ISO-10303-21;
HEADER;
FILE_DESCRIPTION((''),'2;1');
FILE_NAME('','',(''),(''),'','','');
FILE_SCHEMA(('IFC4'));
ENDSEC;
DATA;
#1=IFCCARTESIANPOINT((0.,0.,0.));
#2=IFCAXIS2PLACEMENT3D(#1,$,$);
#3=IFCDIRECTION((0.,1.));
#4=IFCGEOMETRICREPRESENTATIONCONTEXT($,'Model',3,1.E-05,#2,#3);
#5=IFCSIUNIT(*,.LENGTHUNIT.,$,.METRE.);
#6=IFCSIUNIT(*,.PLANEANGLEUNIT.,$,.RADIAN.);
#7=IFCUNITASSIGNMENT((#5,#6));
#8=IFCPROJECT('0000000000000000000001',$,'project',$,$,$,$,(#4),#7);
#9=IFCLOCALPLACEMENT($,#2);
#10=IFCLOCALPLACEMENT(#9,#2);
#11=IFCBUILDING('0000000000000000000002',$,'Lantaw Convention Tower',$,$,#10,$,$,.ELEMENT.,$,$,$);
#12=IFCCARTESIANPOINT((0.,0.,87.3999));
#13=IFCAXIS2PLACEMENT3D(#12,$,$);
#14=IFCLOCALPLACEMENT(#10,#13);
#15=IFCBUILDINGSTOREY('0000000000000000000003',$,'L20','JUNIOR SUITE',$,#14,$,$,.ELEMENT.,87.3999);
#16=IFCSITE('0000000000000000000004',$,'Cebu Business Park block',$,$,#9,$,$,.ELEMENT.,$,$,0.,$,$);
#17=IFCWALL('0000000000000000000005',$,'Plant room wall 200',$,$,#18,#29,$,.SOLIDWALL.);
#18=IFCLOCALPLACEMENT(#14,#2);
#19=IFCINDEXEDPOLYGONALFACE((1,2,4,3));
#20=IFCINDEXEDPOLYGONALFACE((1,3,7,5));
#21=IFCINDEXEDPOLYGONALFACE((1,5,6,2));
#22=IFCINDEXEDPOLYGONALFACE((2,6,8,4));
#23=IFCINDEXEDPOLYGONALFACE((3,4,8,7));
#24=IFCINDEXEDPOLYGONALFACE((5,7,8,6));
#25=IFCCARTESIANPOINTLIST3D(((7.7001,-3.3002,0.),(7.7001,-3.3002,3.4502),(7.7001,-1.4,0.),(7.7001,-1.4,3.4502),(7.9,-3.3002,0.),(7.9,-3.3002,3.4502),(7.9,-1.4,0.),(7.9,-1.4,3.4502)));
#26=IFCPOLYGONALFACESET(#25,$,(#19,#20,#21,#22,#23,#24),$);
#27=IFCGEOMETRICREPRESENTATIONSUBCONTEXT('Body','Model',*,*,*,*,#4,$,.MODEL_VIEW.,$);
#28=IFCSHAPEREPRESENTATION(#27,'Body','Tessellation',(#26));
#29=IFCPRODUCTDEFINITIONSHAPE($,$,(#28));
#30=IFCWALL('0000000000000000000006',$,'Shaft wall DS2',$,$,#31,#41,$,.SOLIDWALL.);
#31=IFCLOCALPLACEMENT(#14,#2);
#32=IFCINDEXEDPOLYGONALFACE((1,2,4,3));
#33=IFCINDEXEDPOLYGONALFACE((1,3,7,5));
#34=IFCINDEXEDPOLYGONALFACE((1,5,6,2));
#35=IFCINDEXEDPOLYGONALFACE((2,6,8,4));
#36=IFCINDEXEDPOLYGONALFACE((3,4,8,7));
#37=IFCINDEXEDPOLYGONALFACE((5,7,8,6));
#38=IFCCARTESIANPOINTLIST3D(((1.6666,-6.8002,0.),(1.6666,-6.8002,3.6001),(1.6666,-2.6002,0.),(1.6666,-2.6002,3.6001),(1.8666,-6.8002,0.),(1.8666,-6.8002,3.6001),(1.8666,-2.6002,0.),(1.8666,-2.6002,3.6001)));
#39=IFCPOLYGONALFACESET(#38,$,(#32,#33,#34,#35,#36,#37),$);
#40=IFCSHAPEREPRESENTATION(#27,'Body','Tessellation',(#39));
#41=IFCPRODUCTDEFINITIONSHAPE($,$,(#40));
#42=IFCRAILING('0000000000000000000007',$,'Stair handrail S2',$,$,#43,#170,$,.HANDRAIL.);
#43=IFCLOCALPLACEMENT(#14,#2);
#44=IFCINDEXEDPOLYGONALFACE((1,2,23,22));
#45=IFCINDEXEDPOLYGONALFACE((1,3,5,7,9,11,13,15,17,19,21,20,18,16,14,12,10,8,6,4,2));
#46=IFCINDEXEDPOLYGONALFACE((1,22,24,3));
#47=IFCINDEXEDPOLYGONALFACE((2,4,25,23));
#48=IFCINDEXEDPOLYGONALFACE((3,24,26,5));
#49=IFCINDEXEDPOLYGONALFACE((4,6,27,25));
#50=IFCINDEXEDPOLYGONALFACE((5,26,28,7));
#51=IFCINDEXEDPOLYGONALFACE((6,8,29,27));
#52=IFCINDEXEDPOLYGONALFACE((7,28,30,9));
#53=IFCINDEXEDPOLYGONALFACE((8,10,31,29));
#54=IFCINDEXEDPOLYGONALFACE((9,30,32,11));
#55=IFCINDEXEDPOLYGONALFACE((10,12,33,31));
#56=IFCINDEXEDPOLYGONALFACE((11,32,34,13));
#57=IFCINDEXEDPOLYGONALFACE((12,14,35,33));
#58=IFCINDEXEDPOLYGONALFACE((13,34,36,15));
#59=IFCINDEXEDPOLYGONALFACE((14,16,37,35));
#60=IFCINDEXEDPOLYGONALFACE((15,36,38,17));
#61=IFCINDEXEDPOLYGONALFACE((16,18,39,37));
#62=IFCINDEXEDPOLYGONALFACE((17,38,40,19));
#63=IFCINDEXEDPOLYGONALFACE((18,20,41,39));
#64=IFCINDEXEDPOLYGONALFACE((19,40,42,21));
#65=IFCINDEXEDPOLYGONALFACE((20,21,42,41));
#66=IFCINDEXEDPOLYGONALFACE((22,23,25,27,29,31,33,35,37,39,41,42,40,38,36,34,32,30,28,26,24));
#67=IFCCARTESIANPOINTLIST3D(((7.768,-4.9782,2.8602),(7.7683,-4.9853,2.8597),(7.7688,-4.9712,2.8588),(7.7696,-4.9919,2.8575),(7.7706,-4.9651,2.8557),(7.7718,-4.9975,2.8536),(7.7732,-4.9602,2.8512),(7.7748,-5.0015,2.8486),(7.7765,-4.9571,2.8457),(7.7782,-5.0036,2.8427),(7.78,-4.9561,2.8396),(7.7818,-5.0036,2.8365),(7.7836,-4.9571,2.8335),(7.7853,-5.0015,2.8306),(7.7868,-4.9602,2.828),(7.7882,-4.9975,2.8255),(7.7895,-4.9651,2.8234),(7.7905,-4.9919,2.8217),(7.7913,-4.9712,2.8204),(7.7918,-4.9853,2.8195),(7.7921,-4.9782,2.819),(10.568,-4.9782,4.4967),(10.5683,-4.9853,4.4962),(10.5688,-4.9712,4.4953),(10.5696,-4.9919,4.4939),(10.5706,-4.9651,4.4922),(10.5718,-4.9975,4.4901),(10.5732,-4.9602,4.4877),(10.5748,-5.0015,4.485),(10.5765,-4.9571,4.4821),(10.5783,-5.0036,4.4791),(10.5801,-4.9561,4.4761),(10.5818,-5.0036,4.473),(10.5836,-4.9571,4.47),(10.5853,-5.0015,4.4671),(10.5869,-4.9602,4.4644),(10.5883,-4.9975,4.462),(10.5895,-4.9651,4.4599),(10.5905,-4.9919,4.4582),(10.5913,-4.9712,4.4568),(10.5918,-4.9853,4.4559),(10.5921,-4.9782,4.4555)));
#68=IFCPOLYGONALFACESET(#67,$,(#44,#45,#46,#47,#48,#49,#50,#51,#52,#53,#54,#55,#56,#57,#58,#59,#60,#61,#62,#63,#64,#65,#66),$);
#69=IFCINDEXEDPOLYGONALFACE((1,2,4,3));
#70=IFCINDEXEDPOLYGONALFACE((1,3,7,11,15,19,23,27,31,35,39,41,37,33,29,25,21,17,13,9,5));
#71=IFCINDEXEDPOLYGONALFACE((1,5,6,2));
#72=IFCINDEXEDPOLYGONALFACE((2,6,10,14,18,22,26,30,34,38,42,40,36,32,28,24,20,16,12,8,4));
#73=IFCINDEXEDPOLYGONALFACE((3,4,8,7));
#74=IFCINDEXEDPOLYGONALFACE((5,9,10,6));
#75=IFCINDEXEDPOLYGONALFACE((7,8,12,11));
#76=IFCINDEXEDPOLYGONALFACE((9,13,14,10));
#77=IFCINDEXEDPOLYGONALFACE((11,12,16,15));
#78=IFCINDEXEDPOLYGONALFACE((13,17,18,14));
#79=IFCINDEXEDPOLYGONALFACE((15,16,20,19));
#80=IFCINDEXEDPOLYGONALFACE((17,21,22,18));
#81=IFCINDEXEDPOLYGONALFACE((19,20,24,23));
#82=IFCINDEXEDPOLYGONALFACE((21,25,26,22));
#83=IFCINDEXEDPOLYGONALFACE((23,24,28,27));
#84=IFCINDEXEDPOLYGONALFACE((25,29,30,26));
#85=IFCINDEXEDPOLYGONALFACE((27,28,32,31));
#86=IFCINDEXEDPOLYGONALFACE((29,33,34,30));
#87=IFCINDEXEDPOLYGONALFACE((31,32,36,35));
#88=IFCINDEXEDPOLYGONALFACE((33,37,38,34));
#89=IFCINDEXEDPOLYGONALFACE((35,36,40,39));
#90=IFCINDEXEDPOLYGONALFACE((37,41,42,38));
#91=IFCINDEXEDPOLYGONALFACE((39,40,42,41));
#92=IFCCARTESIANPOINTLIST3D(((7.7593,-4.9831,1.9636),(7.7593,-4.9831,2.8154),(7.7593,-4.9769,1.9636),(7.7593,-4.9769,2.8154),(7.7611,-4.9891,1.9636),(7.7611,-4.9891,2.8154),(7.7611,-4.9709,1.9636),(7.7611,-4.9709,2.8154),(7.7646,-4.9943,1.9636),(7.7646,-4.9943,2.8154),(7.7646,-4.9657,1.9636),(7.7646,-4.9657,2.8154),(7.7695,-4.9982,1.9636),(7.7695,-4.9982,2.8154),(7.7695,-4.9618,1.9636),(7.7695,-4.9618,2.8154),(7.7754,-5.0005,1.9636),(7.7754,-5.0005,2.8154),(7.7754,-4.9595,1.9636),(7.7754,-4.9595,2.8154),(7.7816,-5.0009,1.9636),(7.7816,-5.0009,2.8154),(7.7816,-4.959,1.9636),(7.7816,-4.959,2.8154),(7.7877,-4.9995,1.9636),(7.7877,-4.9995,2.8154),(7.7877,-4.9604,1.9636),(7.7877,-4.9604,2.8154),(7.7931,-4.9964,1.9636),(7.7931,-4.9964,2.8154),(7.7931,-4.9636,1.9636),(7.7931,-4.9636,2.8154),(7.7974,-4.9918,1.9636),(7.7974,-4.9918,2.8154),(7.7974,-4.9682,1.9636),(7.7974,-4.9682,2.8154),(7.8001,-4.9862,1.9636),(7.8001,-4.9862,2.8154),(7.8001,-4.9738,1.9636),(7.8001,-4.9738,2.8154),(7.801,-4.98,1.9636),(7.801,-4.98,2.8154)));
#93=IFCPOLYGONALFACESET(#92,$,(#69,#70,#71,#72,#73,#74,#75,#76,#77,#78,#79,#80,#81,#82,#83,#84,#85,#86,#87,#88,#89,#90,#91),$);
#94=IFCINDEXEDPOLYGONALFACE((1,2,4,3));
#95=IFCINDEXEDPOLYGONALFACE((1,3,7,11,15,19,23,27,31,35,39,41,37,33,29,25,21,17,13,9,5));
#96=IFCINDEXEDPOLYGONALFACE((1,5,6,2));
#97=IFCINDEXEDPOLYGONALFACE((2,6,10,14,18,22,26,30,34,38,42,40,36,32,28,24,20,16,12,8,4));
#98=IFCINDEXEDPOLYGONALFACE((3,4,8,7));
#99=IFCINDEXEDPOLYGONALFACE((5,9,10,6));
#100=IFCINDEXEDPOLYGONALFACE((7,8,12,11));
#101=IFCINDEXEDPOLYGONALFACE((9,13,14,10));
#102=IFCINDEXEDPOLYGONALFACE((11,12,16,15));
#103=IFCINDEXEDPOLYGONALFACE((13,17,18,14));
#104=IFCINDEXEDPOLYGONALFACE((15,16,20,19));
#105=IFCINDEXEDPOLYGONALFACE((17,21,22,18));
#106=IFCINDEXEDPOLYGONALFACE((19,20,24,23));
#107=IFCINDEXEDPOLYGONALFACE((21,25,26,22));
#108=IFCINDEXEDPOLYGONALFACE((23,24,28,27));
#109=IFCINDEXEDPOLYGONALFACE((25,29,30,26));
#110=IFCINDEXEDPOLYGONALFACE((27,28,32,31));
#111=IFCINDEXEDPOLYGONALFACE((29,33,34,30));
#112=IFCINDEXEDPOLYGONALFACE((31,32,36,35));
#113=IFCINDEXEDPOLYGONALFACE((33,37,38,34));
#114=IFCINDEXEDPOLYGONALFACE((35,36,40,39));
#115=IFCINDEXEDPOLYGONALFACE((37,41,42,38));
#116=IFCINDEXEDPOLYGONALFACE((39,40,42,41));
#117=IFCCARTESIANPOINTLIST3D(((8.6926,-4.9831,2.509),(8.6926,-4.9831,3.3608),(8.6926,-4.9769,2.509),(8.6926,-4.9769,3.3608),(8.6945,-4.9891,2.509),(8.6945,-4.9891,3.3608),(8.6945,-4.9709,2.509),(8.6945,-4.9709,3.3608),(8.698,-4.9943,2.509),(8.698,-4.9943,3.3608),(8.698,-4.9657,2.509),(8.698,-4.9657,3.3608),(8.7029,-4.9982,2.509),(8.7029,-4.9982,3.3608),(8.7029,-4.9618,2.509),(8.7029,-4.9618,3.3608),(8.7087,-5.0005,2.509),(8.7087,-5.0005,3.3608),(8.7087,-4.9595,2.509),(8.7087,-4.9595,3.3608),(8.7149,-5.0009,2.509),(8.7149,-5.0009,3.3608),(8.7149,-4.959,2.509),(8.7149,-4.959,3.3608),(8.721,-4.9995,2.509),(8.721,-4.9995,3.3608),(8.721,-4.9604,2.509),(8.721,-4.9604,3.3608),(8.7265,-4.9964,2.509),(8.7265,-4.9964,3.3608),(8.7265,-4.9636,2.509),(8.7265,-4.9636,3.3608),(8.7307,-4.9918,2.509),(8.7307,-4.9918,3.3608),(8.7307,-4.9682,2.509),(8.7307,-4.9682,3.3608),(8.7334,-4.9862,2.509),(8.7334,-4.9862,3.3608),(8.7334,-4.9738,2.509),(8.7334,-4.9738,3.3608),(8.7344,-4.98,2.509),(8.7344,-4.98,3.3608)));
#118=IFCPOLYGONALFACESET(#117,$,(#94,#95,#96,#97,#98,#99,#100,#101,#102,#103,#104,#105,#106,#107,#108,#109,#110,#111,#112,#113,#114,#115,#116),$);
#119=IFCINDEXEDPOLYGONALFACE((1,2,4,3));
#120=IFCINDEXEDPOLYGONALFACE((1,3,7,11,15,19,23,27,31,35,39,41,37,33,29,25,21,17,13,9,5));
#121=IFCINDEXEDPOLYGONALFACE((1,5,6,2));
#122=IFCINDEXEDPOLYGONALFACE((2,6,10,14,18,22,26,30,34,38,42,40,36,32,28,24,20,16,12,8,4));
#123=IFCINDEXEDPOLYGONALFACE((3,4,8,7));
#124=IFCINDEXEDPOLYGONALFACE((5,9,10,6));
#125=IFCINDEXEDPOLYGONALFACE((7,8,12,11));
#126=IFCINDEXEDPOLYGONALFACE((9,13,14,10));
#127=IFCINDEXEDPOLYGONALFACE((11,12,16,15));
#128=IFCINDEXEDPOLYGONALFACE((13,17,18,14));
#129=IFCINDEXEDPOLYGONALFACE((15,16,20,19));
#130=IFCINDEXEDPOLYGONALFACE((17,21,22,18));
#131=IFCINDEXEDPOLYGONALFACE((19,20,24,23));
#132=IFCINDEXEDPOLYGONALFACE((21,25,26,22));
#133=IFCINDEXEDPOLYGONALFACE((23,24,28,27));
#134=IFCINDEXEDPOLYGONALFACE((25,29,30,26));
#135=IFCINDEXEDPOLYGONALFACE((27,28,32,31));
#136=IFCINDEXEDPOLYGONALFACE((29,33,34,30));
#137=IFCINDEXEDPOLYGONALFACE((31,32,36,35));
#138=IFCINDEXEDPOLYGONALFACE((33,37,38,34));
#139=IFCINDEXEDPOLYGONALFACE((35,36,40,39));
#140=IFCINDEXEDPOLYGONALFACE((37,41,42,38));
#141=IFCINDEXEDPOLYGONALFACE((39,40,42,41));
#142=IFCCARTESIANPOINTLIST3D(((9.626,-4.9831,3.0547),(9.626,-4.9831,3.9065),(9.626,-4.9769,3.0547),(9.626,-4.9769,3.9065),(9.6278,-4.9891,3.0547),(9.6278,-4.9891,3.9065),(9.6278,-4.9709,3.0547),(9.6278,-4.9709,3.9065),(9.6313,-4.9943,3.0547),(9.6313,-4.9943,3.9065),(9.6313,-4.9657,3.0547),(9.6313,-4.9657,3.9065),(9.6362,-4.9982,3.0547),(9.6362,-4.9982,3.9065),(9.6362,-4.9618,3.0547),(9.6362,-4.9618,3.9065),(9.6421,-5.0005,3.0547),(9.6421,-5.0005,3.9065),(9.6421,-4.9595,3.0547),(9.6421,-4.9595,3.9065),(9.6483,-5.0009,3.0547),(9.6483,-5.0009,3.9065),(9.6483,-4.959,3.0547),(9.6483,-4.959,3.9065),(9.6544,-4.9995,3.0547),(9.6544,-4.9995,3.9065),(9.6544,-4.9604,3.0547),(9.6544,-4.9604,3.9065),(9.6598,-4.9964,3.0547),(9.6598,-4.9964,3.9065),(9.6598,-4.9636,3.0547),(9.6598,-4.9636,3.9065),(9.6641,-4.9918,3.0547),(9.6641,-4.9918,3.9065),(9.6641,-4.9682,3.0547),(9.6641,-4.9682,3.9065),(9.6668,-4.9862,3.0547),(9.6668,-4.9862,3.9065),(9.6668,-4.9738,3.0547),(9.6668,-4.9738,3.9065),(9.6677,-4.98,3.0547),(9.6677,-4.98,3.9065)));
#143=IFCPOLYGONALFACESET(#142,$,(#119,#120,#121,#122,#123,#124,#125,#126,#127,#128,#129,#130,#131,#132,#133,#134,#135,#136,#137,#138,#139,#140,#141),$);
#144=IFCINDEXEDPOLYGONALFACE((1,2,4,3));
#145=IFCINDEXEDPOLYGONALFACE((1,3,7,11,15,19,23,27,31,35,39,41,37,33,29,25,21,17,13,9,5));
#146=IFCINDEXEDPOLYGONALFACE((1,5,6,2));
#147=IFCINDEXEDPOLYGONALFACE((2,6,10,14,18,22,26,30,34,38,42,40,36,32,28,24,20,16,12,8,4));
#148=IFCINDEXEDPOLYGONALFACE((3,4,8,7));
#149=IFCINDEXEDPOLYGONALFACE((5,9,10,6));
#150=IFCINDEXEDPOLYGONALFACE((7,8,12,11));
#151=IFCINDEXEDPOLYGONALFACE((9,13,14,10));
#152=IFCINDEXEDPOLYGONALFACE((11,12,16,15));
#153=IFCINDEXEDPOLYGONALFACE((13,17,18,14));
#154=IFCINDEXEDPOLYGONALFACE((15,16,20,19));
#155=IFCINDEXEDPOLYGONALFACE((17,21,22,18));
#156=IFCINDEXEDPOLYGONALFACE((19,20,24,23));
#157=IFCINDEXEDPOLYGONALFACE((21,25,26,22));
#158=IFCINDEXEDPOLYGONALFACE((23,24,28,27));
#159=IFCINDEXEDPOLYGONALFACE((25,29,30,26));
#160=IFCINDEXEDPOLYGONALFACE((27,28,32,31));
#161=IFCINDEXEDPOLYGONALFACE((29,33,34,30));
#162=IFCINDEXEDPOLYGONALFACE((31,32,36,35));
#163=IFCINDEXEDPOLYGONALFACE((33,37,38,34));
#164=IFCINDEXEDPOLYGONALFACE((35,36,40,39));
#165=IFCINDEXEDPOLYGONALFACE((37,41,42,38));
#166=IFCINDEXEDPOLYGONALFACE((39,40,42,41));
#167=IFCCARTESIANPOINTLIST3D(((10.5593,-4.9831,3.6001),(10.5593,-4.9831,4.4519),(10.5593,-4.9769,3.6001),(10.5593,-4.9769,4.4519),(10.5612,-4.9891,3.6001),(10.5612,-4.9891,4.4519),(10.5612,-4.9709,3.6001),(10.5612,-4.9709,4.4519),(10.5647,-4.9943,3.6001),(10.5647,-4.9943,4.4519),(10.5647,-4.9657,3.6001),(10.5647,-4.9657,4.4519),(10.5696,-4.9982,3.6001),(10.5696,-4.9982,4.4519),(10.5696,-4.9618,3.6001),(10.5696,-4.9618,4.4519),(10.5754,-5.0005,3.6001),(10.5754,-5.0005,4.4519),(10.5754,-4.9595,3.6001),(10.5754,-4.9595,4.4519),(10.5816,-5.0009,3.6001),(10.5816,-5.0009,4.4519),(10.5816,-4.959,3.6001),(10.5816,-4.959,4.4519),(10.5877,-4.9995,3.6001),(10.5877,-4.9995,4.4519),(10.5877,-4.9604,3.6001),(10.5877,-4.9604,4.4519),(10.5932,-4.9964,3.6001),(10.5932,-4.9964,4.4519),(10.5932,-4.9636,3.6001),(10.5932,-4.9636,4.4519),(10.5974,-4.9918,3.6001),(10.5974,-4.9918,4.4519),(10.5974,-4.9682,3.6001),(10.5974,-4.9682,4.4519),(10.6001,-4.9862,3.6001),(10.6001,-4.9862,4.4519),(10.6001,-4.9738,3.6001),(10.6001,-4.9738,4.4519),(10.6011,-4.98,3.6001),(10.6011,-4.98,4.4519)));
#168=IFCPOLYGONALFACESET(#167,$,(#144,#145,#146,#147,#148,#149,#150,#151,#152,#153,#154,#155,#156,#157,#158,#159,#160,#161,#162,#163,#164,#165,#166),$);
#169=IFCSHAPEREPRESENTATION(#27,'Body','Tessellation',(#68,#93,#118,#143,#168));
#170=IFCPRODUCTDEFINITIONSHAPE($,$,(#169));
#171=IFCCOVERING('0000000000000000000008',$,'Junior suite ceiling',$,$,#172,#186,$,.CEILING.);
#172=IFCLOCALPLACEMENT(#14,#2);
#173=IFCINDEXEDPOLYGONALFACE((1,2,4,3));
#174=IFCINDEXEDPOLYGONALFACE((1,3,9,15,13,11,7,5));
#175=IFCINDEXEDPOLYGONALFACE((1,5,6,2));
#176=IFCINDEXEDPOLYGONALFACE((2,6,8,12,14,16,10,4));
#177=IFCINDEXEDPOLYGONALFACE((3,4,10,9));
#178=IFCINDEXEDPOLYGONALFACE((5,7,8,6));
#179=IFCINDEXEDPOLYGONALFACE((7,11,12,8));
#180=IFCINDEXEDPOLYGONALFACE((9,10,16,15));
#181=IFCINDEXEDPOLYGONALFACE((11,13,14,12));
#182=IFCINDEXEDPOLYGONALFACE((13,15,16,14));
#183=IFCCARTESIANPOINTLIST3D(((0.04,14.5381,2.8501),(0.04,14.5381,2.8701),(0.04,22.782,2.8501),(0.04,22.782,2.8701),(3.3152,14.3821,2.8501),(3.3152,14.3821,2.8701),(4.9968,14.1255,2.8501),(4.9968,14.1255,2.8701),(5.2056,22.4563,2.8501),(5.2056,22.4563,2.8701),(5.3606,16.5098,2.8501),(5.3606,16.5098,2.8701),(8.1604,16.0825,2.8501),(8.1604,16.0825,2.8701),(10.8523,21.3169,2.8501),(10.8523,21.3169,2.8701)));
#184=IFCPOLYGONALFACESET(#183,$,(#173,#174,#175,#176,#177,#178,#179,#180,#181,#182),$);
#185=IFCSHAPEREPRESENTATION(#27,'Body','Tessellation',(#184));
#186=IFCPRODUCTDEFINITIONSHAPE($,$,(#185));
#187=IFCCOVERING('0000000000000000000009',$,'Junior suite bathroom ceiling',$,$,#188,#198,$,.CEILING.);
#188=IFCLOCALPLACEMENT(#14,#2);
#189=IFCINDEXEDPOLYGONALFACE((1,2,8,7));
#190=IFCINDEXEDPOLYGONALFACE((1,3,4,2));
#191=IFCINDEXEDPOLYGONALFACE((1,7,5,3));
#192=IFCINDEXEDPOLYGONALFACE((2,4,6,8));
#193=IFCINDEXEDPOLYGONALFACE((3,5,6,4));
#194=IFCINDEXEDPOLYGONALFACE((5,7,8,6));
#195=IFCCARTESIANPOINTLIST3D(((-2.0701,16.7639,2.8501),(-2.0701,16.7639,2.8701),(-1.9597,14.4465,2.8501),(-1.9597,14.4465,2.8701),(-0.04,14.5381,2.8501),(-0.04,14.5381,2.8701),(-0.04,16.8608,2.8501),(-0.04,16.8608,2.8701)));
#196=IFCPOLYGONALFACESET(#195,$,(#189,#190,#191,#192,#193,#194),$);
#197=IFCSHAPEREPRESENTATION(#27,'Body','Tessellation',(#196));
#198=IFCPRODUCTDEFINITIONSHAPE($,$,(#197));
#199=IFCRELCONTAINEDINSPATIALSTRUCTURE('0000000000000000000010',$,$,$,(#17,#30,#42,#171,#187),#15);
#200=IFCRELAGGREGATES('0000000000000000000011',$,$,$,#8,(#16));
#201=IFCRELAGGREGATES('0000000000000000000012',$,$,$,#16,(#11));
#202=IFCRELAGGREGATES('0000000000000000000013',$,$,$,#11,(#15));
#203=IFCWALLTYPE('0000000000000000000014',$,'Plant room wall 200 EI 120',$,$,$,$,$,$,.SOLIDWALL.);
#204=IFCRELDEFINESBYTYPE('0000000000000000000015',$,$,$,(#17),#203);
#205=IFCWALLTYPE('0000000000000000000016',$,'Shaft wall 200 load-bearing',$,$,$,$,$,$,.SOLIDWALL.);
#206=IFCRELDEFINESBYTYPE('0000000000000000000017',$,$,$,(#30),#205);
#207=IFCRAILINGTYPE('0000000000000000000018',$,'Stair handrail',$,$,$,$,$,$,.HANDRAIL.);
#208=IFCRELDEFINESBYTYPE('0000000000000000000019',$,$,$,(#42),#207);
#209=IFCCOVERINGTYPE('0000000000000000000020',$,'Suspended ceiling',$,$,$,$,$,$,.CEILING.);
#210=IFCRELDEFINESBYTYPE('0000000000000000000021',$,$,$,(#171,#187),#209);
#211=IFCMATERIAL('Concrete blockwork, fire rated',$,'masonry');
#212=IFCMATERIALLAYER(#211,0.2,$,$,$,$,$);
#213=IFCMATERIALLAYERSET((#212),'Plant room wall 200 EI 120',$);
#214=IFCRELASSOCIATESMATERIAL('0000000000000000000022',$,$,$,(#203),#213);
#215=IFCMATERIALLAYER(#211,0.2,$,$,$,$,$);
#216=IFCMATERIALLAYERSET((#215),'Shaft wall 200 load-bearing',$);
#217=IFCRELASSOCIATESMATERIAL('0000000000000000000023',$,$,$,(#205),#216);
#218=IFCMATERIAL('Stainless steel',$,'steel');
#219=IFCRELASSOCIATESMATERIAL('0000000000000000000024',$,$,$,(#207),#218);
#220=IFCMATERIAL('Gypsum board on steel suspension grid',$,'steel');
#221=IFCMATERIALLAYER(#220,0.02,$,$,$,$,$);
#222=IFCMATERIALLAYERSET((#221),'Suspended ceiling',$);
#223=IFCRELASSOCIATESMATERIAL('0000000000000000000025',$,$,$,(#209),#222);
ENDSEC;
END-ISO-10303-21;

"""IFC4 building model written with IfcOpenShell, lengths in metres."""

from ifc_helpers import new_model, si_unit, direction, frame, frame_2d, origin, origin_2d, place, context, subcontext, project, spatial, polyline, rectangle, circle, outline, extrude, material, layer, layer_set, type_object, element, save


model = new_model("IFC4")

# Units and contexts
model_context = context("Model", 3, precision=1e-05, world=origin(), true_north=direction((0.0, 1.0)))
body_context = subcontext(model_context, "Body", "Model", "MODEL_VIEW")
ifc_project = project(units=[si_unit("LENGTHUNIT", "METRE"), si_unit("PLANEANGLEUNIT", "RADIAN")], contexts=[model_context])

# Site, building, storey
site_placement = place(None, origin())
site = spatial("IfcSite", under=ifc_project, at=site_placement, Name="Cebu Business Park block", CompositionType="ELEMENT", RefElevation=0.0)
building_placement = place(site_placement, origin())
building = spatial("IfcBuilding", under=site, at=building_placement, Name="Lantaw Convention Tower", CompositionType="ELEMENT")
storey_placement = place(building_placement, frame((0.0, 0.0, 87.3999)))
storey = spatial("IfcBuildingStorey", under=building, at=storey_placement, Name="L20", Description="JUNIOR SUITE", CompositionType="ELEMENT", Elevation=87.3999)

# Shared definitions
ifc_material_1 = material(Name="Concrete blockwork, fire rated", Category="masonry")
ifc_layer_1 = layer(ifc_material_1, 0.2)
ifc_layer_set_1 = layer_set([ifc_layer_1], Name="Plant room wall 200 EI 120")
wall_type_1 = type_object("IfcWallType", Name="Plant room wall 200 EI 120", PredefinedType="SOLIDWALL", material=ifc_layer_set_1)

# Walls
wall_1_placement = place(storey_placement, frame((7.8, -1.3999, 0.0), z_axis=(0.0, 0.0, 1.0), x_axis=(0.0, -1.0, 0.0)))
element("IfcWall", 1, at=wall_1_placement, inside=storey, type_object=wall_type_1, Name="Plant room wall 200", PredefinedType="SOLIDWALL", context=body_context, shape_type="SweptSolid", body=[
    extrude(rectangle(XDim=1.9001, YDim=0.2, at=frame_2d((0.9502, 0.0))), origin(), (0.0, 0.0, 1.0), 3.4502),
])
ifc_layer_2 = layer(ifc_material_1, 0.2)
ifc_layer_set_2 = layer_set([ifc_layer_2], Name="Shaft wall 200 load-bearing")
wall_type_2 = type_object("IfcWallType", Name="Shaft wall 200 load-bearing", PredefinedType="SOLIDWALL", material=ifc_layer_set_2)
wall_2_placement = place(storey_placement, frame((1.7666, -2.6001, 0.0), z_axis=(0.0, 0.0, 1.0), x_axis=(0.0, -1.0, 0.0)))
element("IfcWall", 2, at=wall_2_placement, inside=storey, type_object=wall_type_2, Name="Shaft wall DS2", PredefinedType="SOLIDWALL", context=body_context, shape_type="SweptSolid", body=[
    extrude(rectangle(XDim=4.2, YDim=0.2, at=frame_2d((2.1001, 0.0))), origin(), (0.0, 0.0, 1.0), 3.6001),
])

# Railing
ifc_material_2 = material(Name="Stainless steel", Category="steel")
railing_type = type_object("IfcRailingType", Name="Stair handrail", PredefinedType="HANDRAIL", material=ifc_material_2)
railing_placement = place(storey_placement, frame((7.78, -4.98, 1.9636)))
element("IfcRailing", 3, at=railing_placement, inside=storey, type_object=railing_type, Name="Stair handrail S2", PredefinedType="HANDRAIL", context=body_context, shape_type="SweptSolid", body=[
    extrude(circle(Radius=0.0239, at=origin_2d()), frame((0.0, 0.0, 0.876), z_axis=(0.863361, 0.0, 0.504587), x_axis=(0.0, 1.0, 0.0)), (0.0, 0.0, 1.0), 3.2432),
    extrude(circle(Radius=0.021, at=origin_2d()), origin(), (0.0, 0.0, 1.0), 0.8518),
    extrude(circle(Radius=0.021, at=origin_2d()), frame((0.9333, 0.0, 0.5454)), (0.0, 0.0, 1.0), 0.8518),
    extrude(circle(Radius=0.021, at=origin_2d()), frame((1.8667, 0.0, 1.0911)), (0.0, 0.0, 1.0), 0.8518),
    extrude(circle(Radius=0.021, at=origin_2d()), frame((2.8, 0.0, 1.6365)), (0.0, 0.0, 1.0), 0.8518),
])

# Coverings
ifc_material_3 = material(Name="Gypsum board on steel suspension grid", Category="steel")
ifc_layer_3 = layer(ifc_material_3, 0.02)
ifc_layer_set_3 = layer_set([ifc_layer_3], Name="Suspended ceiling")
covering_type = type_object("IfcCoveringType", Name="Suspended ceiling", PredefinedType="CEILING", material=ifc_layer_set_3)
covering_1_placement = place(storey_placement, frame((0.0, 0.0, 2.8501)))
element("IfcCovering", 4, at=covering_1_placement, inside=storey, type_object=covering_type, Name="Junior suite ceiling", PredefinedType="CEILING", context=body_context, shape_type="SweptSolid", body=[
    extrude(outline(polyline([(0.04, 14.5381), (3.3152, 14.3821), (4.9968, 14.1255), (5.3606, 16.5098), (8.1604, 16.0825), (10.8523, 21.3169), (5.2056, 22.4563), (0.04, 22.782), (0.04, 14.5381)])), origin(), (0.0, 0.0, 1.0), 0.02),
])
covering_2_placement = place(storey_placement, frame((0.0, 0.0, 2.8501)))
element("IfcCovering", 5, at=covering_2_placement, inside=storey, type_object=covering_type, Name="Junior suite bathroom ceiling", PredefinedType="CEILING", context=body_context, shape_type="SweptSolid", body=[
    extrude(outline(polyline([(-0.04, 14.5381), (-0.04, 16.8608), (-2.0701, 16.7639), (-1.9597, 14.4465), (-0.04, 14.5381)])), origin(), (0.0, 0.0, 1.0), 0.02),
])

save(model, "model.ifc")
